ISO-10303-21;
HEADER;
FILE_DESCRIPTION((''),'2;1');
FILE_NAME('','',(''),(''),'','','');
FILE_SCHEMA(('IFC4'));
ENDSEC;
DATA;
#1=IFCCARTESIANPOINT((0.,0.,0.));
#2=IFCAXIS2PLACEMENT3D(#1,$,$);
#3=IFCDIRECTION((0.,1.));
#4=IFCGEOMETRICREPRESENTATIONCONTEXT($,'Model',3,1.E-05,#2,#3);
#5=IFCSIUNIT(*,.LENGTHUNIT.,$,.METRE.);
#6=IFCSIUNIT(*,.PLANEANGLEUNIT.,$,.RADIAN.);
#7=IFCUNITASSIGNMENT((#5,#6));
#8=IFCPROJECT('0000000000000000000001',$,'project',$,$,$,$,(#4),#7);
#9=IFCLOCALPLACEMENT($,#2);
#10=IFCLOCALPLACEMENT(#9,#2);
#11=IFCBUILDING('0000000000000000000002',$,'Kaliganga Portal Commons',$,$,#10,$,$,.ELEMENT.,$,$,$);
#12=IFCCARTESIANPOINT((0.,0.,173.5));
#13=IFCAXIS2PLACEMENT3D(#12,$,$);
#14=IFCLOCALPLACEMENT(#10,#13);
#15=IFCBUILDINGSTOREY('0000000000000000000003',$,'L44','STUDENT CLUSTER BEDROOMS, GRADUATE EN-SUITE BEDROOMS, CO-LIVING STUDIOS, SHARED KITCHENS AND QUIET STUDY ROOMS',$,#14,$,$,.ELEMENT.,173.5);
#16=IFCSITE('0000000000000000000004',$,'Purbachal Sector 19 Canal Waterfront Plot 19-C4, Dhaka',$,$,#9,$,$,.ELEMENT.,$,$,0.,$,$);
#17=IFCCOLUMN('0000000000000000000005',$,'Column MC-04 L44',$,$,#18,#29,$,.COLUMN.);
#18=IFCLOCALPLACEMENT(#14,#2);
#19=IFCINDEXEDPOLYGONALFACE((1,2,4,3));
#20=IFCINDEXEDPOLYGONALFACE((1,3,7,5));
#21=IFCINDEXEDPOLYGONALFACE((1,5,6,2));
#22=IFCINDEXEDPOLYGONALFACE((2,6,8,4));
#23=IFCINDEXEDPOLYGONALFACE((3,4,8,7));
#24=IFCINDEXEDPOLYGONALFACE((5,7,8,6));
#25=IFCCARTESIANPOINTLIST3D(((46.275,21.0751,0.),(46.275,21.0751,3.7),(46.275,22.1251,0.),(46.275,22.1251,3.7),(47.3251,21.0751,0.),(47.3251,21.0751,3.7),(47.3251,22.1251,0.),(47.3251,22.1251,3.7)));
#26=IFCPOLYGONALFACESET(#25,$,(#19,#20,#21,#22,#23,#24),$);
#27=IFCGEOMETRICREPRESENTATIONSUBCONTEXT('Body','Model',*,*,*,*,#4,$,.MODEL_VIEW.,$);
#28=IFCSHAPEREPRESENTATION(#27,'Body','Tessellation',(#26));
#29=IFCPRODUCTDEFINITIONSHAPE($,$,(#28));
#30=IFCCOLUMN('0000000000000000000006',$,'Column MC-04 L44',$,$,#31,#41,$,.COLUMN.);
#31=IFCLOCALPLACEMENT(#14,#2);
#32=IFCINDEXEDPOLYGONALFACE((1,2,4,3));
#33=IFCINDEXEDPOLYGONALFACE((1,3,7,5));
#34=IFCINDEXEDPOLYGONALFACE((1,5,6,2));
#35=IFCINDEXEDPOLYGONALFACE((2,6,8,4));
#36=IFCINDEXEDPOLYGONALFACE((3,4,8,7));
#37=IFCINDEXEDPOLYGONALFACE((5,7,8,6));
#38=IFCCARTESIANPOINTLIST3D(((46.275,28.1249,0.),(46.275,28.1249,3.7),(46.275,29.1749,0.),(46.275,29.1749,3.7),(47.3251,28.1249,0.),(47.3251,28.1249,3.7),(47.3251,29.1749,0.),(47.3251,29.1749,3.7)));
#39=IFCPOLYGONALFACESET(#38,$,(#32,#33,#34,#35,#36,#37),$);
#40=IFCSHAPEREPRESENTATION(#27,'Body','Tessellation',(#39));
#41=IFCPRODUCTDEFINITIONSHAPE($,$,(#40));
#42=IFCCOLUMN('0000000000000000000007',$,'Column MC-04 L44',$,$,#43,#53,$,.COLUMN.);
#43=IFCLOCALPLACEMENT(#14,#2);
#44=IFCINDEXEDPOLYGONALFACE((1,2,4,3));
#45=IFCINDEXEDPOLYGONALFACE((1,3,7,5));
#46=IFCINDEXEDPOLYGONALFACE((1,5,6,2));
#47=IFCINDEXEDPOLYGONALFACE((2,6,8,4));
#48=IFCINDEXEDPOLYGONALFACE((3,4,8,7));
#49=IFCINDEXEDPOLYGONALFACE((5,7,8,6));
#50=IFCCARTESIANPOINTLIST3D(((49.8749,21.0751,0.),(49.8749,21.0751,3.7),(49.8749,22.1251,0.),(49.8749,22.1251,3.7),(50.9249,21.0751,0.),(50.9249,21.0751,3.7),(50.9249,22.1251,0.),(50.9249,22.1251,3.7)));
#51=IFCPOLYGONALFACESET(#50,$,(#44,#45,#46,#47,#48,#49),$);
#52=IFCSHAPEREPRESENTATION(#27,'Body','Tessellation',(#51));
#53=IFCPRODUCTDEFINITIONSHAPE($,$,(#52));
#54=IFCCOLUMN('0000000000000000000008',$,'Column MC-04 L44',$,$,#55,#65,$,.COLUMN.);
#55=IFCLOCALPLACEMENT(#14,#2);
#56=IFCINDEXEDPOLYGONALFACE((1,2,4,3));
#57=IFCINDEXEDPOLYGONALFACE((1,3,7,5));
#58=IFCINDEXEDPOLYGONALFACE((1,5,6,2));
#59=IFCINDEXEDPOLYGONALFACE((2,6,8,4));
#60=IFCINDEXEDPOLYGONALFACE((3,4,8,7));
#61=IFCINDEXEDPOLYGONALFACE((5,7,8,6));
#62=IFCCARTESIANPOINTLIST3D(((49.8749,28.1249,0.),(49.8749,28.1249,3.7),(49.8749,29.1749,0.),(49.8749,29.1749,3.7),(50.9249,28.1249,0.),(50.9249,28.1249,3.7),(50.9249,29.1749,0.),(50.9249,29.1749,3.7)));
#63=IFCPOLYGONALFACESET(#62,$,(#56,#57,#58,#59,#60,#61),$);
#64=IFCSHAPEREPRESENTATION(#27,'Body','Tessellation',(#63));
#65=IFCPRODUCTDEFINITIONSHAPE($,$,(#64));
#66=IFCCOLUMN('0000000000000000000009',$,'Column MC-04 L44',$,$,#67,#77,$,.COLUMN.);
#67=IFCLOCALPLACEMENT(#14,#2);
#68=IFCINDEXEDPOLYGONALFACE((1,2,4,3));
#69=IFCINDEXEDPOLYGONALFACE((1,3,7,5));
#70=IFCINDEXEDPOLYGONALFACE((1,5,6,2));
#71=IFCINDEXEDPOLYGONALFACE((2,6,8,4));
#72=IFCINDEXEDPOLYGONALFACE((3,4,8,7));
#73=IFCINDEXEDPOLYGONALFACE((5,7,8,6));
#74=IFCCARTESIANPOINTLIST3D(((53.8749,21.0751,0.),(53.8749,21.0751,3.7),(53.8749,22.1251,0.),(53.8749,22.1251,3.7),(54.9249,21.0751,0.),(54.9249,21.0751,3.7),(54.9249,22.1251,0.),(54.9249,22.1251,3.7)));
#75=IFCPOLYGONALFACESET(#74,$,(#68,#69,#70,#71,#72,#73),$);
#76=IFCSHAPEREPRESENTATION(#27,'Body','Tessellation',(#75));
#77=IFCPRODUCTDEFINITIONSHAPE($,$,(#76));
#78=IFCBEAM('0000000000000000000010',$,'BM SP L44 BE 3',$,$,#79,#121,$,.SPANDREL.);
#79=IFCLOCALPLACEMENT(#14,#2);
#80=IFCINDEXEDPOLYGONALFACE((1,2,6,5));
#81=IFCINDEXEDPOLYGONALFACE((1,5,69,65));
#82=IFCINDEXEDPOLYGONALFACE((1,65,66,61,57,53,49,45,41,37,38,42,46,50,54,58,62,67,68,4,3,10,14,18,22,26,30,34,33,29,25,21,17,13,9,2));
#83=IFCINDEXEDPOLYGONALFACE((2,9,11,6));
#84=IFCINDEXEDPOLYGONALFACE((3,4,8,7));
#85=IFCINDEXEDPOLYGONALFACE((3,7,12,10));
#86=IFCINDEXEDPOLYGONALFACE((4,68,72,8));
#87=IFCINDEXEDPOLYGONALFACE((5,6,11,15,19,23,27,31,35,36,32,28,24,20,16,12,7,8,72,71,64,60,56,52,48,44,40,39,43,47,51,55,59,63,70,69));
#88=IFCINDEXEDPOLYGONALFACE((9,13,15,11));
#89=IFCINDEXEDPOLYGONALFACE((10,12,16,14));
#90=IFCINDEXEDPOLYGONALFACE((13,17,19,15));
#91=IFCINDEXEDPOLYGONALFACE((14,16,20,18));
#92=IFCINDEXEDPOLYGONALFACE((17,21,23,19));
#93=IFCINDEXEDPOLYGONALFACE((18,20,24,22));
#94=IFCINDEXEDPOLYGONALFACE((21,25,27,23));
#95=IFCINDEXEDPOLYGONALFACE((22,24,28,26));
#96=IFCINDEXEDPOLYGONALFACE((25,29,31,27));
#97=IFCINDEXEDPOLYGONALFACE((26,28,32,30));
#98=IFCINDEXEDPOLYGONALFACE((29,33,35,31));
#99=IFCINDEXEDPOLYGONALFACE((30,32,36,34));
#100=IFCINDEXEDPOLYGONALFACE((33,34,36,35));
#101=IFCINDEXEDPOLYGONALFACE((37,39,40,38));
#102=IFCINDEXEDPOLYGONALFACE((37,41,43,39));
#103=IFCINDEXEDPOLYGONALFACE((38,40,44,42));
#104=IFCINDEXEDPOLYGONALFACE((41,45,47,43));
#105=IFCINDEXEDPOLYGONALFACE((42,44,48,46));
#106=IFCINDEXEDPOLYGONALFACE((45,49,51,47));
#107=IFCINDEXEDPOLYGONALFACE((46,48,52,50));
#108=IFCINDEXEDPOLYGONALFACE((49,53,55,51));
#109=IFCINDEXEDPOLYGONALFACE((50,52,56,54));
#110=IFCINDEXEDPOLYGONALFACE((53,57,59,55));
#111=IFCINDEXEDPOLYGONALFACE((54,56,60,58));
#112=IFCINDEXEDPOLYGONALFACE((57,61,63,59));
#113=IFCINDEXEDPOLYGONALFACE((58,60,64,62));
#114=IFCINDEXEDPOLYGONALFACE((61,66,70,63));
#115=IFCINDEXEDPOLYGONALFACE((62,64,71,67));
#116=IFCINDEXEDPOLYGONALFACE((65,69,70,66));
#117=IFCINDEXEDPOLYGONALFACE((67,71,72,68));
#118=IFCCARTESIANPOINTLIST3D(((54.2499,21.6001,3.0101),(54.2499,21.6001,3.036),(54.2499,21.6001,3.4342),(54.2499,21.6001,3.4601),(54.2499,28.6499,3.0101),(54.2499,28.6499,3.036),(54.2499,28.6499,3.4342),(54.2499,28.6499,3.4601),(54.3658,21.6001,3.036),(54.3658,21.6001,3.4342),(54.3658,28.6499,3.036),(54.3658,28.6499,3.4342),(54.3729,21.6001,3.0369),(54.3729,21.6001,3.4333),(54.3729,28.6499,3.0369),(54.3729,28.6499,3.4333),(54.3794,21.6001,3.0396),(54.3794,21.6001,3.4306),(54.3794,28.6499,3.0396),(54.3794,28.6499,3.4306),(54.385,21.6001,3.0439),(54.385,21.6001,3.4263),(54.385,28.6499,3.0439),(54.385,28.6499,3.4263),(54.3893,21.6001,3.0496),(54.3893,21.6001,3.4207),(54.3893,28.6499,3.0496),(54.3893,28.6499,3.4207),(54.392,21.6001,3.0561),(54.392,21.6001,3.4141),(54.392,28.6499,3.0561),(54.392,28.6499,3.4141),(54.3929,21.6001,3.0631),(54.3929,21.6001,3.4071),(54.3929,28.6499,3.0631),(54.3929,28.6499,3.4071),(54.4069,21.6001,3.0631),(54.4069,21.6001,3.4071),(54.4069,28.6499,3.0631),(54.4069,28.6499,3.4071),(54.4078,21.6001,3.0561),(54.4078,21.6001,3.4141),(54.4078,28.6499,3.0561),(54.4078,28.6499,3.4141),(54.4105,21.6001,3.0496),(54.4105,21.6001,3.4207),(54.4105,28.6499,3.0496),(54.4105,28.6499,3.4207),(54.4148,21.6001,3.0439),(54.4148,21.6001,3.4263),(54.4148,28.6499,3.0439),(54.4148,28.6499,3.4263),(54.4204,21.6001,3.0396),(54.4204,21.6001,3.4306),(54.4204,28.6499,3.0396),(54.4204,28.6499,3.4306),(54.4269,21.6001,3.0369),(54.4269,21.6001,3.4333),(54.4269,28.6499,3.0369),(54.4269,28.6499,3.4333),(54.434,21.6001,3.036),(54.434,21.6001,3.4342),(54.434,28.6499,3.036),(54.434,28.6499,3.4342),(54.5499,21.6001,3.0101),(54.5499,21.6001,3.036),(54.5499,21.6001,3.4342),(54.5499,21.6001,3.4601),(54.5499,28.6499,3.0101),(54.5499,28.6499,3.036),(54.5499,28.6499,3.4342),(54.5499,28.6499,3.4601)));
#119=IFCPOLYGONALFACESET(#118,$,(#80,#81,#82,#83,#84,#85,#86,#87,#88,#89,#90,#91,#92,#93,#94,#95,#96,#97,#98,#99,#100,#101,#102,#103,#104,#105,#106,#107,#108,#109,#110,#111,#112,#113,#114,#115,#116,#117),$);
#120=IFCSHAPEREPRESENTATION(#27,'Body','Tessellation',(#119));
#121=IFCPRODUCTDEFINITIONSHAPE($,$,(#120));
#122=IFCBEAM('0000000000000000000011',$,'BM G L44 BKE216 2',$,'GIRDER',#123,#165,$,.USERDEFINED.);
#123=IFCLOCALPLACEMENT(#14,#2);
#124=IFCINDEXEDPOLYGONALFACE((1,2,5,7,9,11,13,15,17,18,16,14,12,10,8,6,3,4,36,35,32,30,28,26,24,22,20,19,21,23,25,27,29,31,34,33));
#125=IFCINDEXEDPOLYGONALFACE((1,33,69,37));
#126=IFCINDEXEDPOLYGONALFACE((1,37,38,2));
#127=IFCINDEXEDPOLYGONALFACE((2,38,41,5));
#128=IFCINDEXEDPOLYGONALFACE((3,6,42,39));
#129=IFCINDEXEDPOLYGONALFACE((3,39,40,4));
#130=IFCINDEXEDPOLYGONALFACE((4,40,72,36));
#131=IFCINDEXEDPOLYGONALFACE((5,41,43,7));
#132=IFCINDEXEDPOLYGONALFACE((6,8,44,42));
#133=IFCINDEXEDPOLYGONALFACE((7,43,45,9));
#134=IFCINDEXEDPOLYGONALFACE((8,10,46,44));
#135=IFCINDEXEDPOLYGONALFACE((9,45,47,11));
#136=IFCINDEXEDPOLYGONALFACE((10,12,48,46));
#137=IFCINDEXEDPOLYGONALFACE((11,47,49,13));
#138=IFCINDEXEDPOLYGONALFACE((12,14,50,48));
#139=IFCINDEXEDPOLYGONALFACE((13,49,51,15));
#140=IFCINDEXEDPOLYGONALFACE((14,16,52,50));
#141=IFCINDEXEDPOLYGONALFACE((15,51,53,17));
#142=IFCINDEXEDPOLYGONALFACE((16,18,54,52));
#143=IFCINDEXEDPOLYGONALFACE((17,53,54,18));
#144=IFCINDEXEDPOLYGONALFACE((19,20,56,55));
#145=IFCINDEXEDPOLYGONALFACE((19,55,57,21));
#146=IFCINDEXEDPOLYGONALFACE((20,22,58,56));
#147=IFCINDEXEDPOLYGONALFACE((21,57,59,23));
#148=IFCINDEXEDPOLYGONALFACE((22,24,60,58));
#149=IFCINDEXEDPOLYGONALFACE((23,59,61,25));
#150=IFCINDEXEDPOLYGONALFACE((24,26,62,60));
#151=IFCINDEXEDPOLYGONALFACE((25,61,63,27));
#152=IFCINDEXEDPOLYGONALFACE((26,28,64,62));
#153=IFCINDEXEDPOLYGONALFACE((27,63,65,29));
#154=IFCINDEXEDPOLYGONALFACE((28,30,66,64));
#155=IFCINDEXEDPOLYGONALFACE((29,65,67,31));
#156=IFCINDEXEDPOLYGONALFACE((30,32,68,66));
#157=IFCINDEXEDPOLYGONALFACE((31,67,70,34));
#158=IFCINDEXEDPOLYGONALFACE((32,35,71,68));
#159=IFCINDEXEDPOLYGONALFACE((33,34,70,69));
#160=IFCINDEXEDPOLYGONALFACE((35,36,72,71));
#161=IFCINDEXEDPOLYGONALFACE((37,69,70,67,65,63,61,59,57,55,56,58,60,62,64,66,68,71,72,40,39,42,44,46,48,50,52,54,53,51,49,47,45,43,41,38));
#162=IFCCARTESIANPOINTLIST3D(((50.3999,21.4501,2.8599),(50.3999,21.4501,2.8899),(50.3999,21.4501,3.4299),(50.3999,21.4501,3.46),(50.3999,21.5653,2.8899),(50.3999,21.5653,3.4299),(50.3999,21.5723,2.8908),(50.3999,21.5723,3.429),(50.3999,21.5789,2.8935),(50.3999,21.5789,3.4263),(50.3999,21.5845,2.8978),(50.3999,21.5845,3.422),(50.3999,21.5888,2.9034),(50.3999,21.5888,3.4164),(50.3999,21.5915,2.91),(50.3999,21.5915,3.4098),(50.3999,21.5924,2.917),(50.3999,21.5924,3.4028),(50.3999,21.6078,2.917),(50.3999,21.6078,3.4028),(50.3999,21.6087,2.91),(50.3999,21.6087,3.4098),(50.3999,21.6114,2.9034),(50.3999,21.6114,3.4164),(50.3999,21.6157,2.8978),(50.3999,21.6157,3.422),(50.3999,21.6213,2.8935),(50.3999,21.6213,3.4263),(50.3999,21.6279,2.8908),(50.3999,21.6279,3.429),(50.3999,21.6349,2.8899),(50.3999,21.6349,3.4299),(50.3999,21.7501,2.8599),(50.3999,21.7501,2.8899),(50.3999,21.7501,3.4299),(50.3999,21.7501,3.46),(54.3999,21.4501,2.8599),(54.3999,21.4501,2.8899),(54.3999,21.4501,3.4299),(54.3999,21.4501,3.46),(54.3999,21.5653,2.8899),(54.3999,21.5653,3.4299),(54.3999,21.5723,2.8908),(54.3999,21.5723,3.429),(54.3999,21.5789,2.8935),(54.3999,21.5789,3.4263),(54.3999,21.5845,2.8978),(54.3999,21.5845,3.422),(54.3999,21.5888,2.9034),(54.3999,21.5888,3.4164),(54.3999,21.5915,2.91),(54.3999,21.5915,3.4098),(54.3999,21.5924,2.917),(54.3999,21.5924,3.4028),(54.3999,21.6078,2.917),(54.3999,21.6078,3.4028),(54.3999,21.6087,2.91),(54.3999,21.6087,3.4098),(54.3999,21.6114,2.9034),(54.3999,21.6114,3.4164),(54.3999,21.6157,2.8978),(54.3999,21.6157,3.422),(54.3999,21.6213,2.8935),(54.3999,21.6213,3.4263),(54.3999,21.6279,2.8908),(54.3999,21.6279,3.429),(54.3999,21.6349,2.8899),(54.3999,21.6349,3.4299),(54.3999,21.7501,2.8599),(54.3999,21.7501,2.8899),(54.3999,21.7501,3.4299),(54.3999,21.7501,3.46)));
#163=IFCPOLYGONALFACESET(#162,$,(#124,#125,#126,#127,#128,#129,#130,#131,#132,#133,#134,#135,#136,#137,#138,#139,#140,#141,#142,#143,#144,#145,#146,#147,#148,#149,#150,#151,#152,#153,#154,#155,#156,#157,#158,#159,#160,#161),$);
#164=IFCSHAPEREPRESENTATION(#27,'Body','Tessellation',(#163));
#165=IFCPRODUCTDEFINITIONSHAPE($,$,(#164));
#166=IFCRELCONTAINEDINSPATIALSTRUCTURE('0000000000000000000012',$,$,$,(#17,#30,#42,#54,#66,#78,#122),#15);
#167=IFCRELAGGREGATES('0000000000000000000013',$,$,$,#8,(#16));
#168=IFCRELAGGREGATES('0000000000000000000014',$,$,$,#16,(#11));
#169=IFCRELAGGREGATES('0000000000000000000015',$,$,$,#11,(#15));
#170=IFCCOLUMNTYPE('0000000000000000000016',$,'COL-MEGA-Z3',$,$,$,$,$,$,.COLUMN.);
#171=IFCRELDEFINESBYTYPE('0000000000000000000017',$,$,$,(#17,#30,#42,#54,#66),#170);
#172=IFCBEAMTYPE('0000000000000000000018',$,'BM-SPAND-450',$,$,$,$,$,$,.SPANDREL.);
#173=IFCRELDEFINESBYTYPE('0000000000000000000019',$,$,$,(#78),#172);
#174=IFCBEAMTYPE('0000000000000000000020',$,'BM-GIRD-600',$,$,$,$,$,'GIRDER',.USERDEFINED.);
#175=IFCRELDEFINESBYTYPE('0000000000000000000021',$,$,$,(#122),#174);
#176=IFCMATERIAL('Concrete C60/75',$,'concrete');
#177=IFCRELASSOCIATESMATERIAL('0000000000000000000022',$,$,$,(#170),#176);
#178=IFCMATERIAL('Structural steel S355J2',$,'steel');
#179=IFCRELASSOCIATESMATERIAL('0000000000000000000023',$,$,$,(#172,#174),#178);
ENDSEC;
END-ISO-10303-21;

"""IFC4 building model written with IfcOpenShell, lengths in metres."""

from ifc_helpers import new_model, si_unit, direction, frame, origin, origin_2d, place, context, subcontext, project, spatial, rectangle, i_section, extrude, source, transform, mapped, material, material_profile, profile_set, type_object, element, save


model = new_model("IFC4")

# Units and contexts
model_context = context("Model", 3, precision=1e-05, world=origin(), true_north=direction((0.0, 1.0)))
body_context = subcontext(model_context, "Body", "Model", "MODEL_VIEW")
ifc_project = project(units=[si_unit("LENGTHUNIT", "METRE"), si_unit("PLANEANGLEUNIT", "RADIAN")], contexts=[model_context])

# Site, building, storey
site_placement = place(None, origin())
site = spatial("IfcSite", under=ifc_project, at=site_placement, Name="Purbachal Sector 19 Canal Waterfront Plot 19-C4, Dhaka", CompositionType="ELEMENT", RefElevation=0.0)
building_placement = place(site_placement, origin())
building = spatial("IfcBuilding", under=site, at=building_placement, Name="Kaliganga Portal Commons", CompositionType="ELEMENT")
storey_placement = place(building_placement, frame((0.0, 0.0, 173.5)))
storey = spatial("IfcBuildingStorey", under=building, at=storey_placement, Name="L44", Description="STUDENT CLUSTER BEDROOMS, GRADUATE EN-SUITE BEDROOMS, CO-LIVING STUDIOS, SHARED KITCHENS AND QUIET STUDY ROOMS", CompositionType="ELEMENT", Elevation=173.5)

# Columns
ifc_material_1 = material(Name="Concrete C60/75", Category="concrete")
ifc_material_profile_1 = material_profile(ifc_material_1, rectangle(XDim=1.05, YDim=1.05, at=origin_2d()), Name="RC 1050x1050")
ifc_profile_set_1 = profile_set([ifc_material_profile_1], Name="Concrete C60/75")
column_type = type_object("IfcColumnType", Name="COL-MEGA-Z3", PredefinedType="COLUMN", material=ifc_profile_set_1)
shared_shape_1 = source(origin(), body_context, "Body", "SweptSolid", [
    extrude(rectangle(XDim=1.05, YDim=1.05, at=origin_2d()), origin(), (0.0, 0.0, 1.0), 3.7),
])
for number, where, z_axis, x_axis, name in (
    (1, (46.8, 21.6001, 0.0), (0.0, 0.0, 1.0), (1.0, 0.0, 0.0), "Column MC-04 L44"),
    (2, (46.8, 28.6499, 0.0), (0.0, 0.0, 1.0), (1.0, 0.0, 0.0), "Column MC-04 L44"),
    (3, (50.3999, 21.6001, 0.0), (0.0, 0.0, 1.0), (1.0, 0.0, 0.0), "Column MC-04 L44"),
    (4, (50.3999, 28.6499, 0.0), (0.0, 0.0, 1.0), (1.0, 0.0, 0.0), "Column MC-04 L44"),
    (5, (54.3999, 21.6001, 0.0), (0.0, 0.0, 1.0), (1.0, 0.0, 0.0), "Column MC-04 L44"),
):
    element("IfcColumn", number, at=place(storey_placement, frame(where, z_axis=z_axis, x_axis=x_axis)), inside=storey, type_object=column_type, Name=name, PredefinedType="COLUMN", context=body_context, shape_type="MappedRepresentation", body=[
        mapped(shared_shape_1, transform((0.0, 0.0, 0.0), x_axis=(1.0, 0.0, 0.0), y_axis=(0.0, 1.0, 0.0), z_axis=(0.0, 0.0, 1.0), scale=1.0)),
    ])

# Beams
ifc_material_2 = material(Name="Structural steel S355J2", Category="steel")
ifc_material_profile_2 = material_profile(ifc_material_2, i_section(OverallWidth=0.3, OverallDepth=0.45, WebThickness=0.0139, FlangeThickness=0.0259, FilletRadius=0.0271, at=origin_2d()), Name="HE 450 B")
ifc_profile_set_2 = profile_set([ifc_material_profile_2], Name="Structural steel S355J2 wide-flange")
beam_type_1 = type_object("IfcBeamType", Name="BM-SPAND-450", PredefinedType="SPANDREL", material=ifc_profile_set_2)
shared_shape_2 = source(origin(), body_context, "Body", "SweptSolid", [
    extrude(i_section(OverallWidth=0.3, OverallDepth=0.45, WebThickness=0.0139, FlangeThickness=0.0259, FilletRadius=0.0271, at=origin_2d()), origin(), (0.0, 0.0, 1.0), 7.0498),
])
beam_1_placement = place(storey_placement, frame((54.3999, 21.6001, 3.2351), z_axis=(0.0, 1.0, 0.0), x_axis=(-1.0, 0.0, 0.0)))
element("IfcBeam", 6, at=beam_1_placement, inside=storey, type_object=beam_type_1, Name="BM SP L44 BE 3", PredefinedType="SPANDREL", context=body_context, shape_type="MappedRepresentation", body=[
    mapped(shared_shape_2, transform((0.0, 0.0, 0.0), x_axis=(1.0, 0.0, 0.0), y_axis=(0.0, 1.0, 0.0), z_axis=(0.0, 0.0, 1.0), scale=1.0)),
])
ifc_material_profile_3 = material_profile(ifc_material_2, i_section(OverallWidth=0.3, OverallDepth=0.6001, WebThickness=0.0154, FlangeThickness=0.03, FilletRadius=0.0271, at=origin_2d()), Name="HE 600 B")
ifc_profile_set_3 = profile_set([ifc_material_profile_3], Name="Structural steel S355J2 wide-flange")
beam_type_2 = type_object("IfcBeamType", Name="BM-GIRD-600", ElementType="GIRDER", PredefinedType="USERDEFINED", material=ifc_profile_set_3)
shared_shape_3 = source(origin(), body_context, "Body", "SweptSolid", [
    extrude(i_section(OverallWidth=0.3, OverallDepth=0.6001, WebThickness=0.0154, FlangeThickness=0.03, FilletRadius=0.0271, at=origin_2d()), origin(), (0.0, 0.0, 1.0), 4.0),
])
beam_2_placement = place(storey_placement, frame((50.3999, 21.6001, 3.1599), z_axis=(1.0, 0.0, 0.0), x_axis=(0.0, 1.0, 0.0)))
element("IfcBeam", 7, at=beam_2_placement, inside=storey, type_object=beam_type_2, Name="BM G L44 BKE216 2", ObjectType="GIRDER", PredefinedType="USERDEFINED", context=body_context, shape_type="MappedRepresentation", body=[
    mapped(shared_shape_3, transform((0.0, 0.0, 0.0), x_axis=(1.0, 0.0, 0.0), y_axis=(0.0, 1.0, 0.0), z_axis=(0.0, 0.0, 1.0), scale=1.0)),
])

save(model, "model.ifc")
